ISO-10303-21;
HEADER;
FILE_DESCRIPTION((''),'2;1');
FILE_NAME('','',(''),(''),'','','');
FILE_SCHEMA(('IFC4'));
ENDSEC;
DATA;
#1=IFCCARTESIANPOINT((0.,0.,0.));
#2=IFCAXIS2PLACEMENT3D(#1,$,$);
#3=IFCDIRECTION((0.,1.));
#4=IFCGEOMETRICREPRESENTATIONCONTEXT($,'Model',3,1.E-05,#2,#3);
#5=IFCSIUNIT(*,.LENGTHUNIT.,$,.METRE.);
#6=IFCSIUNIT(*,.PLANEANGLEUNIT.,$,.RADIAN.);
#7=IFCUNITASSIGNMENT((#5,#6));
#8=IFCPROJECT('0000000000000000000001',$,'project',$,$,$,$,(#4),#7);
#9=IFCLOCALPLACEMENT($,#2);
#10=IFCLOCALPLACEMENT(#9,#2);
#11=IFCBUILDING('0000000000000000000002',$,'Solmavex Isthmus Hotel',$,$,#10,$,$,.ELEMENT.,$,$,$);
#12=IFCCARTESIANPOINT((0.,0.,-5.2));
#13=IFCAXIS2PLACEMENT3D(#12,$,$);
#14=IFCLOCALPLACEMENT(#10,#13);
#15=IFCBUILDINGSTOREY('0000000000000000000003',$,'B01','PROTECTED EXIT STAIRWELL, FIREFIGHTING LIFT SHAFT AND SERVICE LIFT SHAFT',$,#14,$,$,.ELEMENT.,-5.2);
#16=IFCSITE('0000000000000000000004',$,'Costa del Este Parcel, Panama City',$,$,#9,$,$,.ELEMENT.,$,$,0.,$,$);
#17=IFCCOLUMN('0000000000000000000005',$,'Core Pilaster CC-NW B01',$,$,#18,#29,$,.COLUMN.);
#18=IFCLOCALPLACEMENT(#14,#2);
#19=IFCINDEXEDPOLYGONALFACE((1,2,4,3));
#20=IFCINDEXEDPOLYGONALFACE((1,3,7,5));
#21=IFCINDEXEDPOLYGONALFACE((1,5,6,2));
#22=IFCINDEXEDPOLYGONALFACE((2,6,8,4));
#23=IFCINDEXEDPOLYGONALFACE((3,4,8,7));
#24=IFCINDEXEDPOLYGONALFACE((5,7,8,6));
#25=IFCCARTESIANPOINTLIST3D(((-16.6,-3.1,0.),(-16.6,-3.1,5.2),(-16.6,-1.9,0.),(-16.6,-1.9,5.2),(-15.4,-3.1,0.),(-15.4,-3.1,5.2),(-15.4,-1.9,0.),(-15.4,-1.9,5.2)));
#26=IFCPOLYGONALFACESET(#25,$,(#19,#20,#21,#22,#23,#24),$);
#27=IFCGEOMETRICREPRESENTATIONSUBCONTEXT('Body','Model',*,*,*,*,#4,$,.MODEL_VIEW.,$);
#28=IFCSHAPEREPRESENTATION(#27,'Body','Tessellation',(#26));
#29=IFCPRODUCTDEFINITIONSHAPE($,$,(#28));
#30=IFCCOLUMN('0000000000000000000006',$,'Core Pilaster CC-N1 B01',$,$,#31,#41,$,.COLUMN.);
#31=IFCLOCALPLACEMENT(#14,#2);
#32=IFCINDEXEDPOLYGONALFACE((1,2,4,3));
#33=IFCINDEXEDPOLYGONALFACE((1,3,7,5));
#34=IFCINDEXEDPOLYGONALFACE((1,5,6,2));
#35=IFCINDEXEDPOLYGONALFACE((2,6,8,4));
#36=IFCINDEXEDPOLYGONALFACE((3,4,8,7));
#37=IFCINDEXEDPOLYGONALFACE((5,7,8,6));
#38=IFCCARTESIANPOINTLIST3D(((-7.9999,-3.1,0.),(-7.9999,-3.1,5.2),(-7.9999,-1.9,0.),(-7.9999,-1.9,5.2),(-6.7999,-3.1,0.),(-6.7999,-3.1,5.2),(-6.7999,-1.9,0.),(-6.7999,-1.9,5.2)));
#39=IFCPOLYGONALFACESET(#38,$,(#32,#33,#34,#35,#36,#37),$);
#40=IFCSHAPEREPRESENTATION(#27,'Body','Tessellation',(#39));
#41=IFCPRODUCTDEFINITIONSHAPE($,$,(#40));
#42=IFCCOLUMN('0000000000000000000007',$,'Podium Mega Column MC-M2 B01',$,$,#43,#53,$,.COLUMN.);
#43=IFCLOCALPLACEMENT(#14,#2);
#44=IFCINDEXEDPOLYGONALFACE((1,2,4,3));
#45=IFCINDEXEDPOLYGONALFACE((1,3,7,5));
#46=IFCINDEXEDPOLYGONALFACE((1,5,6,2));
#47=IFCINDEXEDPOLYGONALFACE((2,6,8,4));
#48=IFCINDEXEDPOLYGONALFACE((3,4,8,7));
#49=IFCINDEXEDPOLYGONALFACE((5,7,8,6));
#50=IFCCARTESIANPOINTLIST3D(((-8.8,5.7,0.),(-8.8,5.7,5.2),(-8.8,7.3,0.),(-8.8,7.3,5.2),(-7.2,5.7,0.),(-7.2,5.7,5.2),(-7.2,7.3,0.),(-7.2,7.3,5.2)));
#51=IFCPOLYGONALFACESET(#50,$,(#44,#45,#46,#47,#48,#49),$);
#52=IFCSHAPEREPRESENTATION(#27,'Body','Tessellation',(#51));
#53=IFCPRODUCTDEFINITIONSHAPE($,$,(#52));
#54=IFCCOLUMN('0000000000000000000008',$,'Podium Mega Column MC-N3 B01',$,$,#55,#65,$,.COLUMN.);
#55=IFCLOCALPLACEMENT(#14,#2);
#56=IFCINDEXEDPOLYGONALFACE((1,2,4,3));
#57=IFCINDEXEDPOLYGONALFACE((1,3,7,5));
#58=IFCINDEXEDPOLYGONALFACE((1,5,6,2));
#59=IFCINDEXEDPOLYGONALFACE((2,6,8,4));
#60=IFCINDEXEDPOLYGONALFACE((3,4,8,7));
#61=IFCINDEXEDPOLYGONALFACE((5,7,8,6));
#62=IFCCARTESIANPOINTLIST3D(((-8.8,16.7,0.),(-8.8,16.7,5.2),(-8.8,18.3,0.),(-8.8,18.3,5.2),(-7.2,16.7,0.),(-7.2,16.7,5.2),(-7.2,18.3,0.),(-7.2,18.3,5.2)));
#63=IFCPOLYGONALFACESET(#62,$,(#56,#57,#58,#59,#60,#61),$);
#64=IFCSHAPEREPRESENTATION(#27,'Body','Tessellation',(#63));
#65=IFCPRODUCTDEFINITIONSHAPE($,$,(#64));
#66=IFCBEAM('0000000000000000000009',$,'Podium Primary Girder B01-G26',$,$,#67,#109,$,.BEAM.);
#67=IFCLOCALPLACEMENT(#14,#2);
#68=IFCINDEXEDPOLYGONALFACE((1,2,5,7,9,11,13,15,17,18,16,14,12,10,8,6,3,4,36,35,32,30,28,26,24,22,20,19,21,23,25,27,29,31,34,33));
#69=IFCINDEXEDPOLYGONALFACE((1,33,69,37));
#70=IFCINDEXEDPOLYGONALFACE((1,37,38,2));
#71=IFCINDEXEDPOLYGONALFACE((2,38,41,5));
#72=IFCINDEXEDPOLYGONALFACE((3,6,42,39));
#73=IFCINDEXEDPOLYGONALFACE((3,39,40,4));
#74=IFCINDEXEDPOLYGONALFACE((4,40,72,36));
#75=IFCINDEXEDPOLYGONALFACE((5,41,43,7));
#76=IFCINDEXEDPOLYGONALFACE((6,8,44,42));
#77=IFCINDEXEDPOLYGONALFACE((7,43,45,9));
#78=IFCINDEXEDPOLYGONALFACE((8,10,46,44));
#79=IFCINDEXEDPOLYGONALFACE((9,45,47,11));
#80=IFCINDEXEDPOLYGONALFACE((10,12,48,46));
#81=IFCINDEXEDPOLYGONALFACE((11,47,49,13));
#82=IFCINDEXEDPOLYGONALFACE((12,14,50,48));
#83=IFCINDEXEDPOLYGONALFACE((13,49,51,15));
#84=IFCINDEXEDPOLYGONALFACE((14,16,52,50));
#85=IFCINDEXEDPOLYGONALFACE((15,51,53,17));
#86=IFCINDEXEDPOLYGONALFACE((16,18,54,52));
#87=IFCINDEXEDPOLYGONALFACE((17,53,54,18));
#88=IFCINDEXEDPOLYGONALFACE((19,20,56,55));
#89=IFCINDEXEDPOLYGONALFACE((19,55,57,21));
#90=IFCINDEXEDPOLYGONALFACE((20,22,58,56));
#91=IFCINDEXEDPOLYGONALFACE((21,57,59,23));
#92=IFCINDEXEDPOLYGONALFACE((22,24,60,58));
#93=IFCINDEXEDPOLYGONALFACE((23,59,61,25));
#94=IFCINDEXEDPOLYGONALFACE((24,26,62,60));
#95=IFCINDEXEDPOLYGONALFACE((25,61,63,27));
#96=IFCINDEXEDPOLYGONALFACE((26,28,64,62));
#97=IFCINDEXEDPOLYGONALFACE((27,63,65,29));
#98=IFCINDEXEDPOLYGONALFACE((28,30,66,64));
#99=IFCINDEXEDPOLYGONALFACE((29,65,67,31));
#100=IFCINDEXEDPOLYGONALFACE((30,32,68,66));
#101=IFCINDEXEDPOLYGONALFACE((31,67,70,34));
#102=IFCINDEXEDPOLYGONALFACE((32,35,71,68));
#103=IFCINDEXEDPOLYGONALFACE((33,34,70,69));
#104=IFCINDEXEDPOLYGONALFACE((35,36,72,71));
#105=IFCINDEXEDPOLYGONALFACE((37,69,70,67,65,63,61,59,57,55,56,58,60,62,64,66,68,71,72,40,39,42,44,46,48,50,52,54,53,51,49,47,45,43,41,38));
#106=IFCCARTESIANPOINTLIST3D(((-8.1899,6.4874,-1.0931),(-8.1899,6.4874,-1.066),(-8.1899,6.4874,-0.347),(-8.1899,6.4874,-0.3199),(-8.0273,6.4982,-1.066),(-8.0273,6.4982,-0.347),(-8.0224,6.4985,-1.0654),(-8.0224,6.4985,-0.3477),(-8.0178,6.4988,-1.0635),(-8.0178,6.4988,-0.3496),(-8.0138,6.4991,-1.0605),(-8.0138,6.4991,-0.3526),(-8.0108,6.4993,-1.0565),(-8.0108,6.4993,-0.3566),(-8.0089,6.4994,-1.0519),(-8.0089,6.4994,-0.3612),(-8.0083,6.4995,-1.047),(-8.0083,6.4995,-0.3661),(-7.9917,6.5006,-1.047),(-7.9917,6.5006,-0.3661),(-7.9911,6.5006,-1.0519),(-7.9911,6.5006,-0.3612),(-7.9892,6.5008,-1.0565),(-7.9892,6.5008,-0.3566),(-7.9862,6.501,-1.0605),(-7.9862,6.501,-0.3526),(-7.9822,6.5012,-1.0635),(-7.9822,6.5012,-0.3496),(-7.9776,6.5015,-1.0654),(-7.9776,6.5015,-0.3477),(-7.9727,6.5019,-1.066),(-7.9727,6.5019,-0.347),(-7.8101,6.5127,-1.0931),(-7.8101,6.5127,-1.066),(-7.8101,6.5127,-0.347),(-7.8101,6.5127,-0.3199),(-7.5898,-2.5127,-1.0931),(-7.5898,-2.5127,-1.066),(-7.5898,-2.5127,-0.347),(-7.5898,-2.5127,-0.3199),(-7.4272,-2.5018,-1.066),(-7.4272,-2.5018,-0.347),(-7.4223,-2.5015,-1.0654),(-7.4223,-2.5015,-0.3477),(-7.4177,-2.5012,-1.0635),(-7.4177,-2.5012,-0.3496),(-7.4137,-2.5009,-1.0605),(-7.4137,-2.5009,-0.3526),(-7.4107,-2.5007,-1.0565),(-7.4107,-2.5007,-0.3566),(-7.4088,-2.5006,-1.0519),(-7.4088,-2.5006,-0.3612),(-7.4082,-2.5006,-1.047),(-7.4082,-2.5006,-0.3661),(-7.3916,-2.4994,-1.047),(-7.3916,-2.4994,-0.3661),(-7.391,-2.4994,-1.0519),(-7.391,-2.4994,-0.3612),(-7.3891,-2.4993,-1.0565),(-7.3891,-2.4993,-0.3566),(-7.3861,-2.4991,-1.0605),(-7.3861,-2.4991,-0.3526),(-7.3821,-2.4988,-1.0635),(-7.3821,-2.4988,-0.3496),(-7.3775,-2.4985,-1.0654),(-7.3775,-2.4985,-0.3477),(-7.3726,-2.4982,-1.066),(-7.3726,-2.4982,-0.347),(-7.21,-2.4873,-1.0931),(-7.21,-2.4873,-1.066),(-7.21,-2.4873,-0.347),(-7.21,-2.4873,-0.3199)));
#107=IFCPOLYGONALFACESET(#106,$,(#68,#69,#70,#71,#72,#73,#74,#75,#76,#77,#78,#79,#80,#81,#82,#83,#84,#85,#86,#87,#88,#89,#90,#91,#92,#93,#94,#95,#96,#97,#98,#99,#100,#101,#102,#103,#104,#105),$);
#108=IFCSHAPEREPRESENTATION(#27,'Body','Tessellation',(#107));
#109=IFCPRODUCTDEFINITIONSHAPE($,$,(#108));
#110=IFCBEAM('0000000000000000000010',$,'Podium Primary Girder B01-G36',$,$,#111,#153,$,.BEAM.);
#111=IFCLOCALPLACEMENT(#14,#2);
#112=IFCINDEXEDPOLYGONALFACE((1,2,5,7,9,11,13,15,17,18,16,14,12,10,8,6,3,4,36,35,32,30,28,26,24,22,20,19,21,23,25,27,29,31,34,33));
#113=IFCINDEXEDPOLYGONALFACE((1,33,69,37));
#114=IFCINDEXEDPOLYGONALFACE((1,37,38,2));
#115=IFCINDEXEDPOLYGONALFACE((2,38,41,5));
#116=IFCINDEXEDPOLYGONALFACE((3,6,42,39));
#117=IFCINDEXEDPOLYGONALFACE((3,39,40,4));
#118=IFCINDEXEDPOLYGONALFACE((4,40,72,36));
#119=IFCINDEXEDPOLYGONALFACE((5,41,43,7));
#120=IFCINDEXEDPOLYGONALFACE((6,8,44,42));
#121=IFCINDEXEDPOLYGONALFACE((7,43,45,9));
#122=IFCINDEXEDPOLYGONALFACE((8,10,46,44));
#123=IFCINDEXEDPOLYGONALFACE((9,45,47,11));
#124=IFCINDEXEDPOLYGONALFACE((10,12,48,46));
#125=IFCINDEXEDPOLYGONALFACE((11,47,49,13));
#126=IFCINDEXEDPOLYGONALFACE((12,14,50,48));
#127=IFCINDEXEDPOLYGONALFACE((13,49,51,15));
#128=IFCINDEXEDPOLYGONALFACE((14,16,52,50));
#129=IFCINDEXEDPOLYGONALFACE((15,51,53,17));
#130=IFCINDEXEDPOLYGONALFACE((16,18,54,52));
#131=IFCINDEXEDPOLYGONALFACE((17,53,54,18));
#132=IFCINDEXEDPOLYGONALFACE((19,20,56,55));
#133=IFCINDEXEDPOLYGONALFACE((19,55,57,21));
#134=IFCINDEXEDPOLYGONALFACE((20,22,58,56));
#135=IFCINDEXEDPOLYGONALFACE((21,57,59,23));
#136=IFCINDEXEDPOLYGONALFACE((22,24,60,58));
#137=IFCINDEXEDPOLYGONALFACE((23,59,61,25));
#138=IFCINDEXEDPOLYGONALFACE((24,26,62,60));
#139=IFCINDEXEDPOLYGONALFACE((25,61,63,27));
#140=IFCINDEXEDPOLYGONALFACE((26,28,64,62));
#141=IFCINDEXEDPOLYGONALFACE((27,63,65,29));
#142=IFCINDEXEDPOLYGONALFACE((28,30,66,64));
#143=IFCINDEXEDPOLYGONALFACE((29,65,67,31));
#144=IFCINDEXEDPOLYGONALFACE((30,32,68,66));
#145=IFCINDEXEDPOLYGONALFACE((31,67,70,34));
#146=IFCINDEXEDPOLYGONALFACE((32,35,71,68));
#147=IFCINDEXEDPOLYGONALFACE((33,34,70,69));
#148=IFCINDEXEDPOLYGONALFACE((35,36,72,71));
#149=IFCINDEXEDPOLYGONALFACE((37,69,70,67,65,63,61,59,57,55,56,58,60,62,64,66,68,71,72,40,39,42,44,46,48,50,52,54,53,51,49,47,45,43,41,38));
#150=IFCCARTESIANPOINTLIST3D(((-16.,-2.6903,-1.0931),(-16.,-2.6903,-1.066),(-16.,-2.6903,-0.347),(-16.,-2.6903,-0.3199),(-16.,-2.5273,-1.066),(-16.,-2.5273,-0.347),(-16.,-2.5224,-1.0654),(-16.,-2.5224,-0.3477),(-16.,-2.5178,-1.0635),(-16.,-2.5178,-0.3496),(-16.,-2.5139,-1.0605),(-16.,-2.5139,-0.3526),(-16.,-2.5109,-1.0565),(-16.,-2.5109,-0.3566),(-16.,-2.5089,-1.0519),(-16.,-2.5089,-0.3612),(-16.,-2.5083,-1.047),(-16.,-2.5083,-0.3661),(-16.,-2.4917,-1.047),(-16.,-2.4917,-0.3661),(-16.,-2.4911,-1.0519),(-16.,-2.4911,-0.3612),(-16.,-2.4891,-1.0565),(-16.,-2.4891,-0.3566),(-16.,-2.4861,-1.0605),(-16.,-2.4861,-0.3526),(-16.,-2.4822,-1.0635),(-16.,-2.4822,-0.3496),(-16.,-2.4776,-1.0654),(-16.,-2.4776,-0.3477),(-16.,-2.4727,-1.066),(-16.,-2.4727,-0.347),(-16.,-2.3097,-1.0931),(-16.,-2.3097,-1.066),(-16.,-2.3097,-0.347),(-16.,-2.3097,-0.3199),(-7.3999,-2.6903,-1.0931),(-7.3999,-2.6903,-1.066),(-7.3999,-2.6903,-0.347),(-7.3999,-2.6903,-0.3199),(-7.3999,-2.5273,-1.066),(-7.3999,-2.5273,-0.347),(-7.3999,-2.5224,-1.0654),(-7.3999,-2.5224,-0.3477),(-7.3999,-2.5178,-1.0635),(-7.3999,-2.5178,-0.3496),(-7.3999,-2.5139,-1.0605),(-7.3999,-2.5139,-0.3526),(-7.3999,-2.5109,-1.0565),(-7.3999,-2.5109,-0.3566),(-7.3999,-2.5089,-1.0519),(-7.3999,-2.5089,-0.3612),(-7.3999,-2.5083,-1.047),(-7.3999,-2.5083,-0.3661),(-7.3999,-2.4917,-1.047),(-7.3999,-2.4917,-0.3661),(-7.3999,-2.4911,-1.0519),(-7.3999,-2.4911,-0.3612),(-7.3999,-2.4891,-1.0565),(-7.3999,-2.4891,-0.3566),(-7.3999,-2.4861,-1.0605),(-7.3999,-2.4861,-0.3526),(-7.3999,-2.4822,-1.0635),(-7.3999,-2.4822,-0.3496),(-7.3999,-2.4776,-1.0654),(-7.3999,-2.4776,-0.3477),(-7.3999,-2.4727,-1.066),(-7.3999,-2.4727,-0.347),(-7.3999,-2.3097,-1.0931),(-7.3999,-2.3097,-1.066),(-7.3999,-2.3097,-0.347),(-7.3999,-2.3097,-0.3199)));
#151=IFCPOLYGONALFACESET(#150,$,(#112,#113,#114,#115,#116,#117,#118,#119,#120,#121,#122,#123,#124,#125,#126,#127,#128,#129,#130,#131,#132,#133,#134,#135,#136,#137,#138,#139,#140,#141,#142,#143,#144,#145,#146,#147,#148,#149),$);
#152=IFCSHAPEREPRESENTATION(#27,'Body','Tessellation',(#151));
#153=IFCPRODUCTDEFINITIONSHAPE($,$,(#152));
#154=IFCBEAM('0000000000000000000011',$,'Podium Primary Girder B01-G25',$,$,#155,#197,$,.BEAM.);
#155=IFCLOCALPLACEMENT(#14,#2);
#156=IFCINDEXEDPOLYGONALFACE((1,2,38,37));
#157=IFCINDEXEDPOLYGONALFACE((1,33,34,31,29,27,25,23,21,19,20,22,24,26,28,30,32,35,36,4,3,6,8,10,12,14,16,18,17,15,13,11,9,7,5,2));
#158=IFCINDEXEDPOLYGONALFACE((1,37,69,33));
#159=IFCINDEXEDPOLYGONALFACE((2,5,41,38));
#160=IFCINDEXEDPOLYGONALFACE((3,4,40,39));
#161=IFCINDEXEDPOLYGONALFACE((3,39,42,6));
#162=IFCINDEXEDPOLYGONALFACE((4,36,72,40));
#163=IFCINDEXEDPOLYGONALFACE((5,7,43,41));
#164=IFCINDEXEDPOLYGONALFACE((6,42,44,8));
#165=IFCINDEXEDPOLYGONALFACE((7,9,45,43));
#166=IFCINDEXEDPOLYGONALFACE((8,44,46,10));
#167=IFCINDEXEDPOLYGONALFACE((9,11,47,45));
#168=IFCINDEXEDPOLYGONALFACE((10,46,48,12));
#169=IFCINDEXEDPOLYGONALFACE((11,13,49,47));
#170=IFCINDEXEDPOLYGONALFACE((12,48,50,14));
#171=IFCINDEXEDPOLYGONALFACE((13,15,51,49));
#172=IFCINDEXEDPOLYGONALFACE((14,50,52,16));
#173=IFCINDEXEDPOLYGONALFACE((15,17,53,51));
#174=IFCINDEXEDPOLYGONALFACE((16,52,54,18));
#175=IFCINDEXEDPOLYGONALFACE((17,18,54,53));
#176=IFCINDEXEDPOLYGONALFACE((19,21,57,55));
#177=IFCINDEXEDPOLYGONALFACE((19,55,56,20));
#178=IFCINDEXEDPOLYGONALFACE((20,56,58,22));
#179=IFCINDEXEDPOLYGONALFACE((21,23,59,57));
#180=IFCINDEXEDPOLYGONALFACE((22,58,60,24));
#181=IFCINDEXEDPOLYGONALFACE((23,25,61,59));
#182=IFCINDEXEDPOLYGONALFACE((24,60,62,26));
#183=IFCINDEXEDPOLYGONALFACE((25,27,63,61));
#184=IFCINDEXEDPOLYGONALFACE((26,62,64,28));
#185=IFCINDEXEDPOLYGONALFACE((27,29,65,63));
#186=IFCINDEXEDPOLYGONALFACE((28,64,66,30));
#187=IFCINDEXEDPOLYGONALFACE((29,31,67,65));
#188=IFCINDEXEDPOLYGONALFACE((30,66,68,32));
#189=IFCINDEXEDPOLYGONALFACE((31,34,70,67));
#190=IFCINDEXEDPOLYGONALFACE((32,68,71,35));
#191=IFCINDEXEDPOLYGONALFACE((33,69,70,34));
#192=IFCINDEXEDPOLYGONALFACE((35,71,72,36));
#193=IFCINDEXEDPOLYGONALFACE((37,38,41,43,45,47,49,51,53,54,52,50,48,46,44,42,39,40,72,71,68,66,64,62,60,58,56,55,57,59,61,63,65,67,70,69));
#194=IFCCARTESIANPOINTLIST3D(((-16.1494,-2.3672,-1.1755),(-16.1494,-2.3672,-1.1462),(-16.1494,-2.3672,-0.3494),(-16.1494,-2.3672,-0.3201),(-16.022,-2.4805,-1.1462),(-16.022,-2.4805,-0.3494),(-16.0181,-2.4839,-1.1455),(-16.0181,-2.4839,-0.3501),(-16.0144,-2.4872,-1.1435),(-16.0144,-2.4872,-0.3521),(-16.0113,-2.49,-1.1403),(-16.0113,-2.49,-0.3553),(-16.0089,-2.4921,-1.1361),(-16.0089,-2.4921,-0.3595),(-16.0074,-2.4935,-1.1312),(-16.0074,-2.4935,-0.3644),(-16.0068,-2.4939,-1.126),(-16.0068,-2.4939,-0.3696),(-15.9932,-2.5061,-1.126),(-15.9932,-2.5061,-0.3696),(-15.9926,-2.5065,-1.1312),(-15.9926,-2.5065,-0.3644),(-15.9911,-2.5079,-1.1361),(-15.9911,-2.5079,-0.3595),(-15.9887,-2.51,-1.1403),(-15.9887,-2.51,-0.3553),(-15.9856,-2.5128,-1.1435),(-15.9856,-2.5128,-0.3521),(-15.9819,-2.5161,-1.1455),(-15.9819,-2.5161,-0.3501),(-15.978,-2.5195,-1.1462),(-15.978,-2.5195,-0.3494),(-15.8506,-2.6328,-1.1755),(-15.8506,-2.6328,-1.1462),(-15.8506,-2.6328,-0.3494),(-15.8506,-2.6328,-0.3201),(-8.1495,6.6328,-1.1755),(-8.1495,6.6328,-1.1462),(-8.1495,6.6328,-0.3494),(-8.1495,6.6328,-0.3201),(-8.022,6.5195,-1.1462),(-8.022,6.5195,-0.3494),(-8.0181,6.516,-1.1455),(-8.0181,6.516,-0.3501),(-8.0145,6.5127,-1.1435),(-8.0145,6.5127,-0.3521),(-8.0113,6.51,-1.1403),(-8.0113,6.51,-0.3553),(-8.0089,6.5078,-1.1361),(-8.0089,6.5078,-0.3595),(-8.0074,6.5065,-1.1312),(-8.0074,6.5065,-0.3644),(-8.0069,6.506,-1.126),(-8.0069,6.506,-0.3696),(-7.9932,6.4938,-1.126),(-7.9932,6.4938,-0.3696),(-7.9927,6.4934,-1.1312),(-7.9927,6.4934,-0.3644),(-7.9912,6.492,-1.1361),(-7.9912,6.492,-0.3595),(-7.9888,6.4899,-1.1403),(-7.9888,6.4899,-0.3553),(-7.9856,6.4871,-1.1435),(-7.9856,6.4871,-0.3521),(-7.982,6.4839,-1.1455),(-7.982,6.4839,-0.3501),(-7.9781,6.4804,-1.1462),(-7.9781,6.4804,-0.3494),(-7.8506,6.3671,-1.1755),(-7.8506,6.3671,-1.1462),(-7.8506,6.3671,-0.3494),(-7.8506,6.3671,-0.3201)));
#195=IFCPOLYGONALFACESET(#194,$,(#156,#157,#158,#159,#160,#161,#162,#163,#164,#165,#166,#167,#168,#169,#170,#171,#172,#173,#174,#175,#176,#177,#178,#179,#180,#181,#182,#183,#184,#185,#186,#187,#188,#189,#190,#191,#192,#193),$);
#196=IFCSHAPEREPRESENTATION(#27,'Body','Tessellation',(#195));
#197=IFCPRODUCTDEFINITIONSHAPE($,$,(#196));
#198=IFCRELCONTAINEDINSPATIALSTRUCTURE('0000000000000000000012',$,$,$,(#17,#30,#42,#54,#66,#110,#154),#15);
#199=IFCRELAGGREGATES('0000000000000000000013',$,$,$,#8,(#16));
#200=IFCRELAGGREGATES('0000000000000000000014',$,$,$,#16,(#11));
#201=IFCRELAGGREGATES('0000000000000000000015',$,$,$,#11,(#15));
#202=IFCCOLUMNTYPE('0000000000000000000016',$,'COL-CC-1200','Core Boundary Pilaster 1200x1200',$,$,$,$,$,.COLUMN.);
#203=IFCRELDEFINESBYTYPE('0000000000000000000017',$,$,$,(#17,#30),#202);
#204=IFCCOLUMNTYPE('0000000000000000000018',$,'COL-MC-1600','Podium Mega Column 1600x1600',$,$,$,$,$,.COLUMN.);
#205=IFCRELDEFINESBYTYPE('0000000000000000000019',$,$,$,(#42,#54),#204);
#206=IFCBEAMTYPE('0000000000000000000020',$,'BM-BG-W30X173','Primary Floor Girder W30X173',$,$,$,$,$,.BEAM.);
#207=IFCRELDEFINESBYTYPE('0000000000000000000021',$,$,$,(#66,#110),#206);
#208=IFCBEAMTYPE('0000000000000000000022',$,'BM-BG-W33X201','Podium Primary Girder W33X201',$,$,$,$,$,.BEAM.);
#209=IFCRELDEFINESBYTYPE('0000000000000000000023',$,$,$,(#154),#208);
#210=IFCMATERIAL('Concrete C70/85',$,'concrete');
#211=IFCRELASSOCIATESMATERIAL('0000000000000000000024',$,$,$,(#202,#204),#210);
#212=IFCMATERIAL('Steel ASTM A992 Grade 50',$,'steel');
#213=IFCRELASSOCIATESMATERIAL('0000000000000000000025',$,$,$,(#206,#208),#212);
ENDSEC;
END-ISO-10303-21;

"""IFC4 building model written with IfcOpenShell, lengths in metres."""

from ifc_helpers import new_model, si_unit, direction, frame, origin, origin_2d, place, context, subcontext, project, spatial, rectangle, i_section, extrude, material, material_profile, profile_set, type_object, element, save


model = new_model("IFC4")

# Units and contexts
model_context = context("Model", 3, precision=1e-05, world=origin(), true_north=direction((0.0, 1.0)))
body_context = subcontext(model_context, "Body", "Model", "MODEL_VIEW")
ifc_project = project(units=[si_unit("LENGTHUNIT", "METRE"), si_unit("PLANEANGLEUNIT", "RADIAN")], contexts=[model_context])

# Site, building, storey
site_placement = place(None, origin())
site = spatial("IfcSite", under=ifc_project, at=site_placement, Name="Costa del Este Parcel, Panama City", CompositionType="ELEMENT", RefElevation=0.0)
building_placement = place(site_placement, origin())
building = spatial("IfcBuilding", under=site, at=building_placement, Name="Solmavex Isthmus Hotel", CompositionType="ELEMENT")
storey_placement = place(building_placement, frame((0.0, 0.0, -5.2)))
storey = spatial("IfcBuildingStorey", under=building, at=storey_placement, Name="B01", Description="PROTECTED EXIT STAIRWELL, FIREFIGHTING LIFT SHAFT AND SERVICE LIFT SHAFT", CompositionType="ELEMENT", Elevation=-5.2)

# Columns
ifc_material_1 = material(Name="Concrete C70/85", Category="concrete")
ifc_material_profile_1 = material_profile(ifc_material_1, rectangle(XDim=1.2, YDim=1.2, at=origin_2d()), Name="RC1200X1200")
ifc_profile_set_1 = profile_set([ifc_material_profile_1], Name="Concrete C70/85")
column_type_1 = type_object("IfcColumnType", Name="COL-CC-1200", Description="Core Boundary Pilaster 1200x1200", PredefinedType="COLUMN", material=ifc_profile_set_1)
for number, where, z_axis, x_axis, name in (
    (1, (-16.0, -2.5, 0.0), (0.0, 0.0, 1.0), (1.0, 0.0, 0.0), "Core Pilaster CC-NW B01"),
    (2, (-7.3999, -2.5, 0.0), (0.0, 0.0, 1.0), (1.0, 0.0, 0.0), "Core Pilaster CC-N1 B01"),
):
    element("IfcColumn", number, at=place(storey_placement, frame(where, z_axis=z_axis, x_axis=x_axis)), inside=storey, type_object=column_type_1, Name=name, PredefinedType="COLUMN", context=body_context, shape_type="SweptSolid", body=[
        extrude(rectangle(XDim=1.2, YDim=1.2, at=origin_2d()), origin(), (0.0, 0.0, 1.0), 5.2),
    ])
ifc_material_profile_2 = material_profile(ifc_material_1, rectangle(XDim=1.6001, YDim=1.6001, at=origin_2d()), Name="RC1600X1600")
ifc_profile_set_2 = profile_set([ifc_material_profile_2], Name="Concrete C70/85")
column_type_2 = type_object("IfcColumnType", Name="COL-MC-1600", Description="Podium Mega Column 1600x1600", PredefinedType="COLUMN", material=ifc_profile_set_2)
for number, where, z_axis, x_axis, name in (
    (3, (-8.0, 6.5, 0.0), (0.0, 0.0, 1.0), (1.0, 0.0, 0.0), "Podium Mega Column MC-M2 B01"),
    (4, (-8.0, 17.5, 0.0), (0.0, 0.0, 1.0), (1.0, 0.0, 0.0), "Podium Mega Column MC-N3 B01"),
):
    element("IfcColumn", number, at=place(storey_placement, frame(where, z_axis=z_axis, x_axis=x_axis)), inside=storey, type_object=column_type_2, Name=name, PredefinedType="COLUMN", context=body_context, shape_type="SweptSolid", body=[
        extrude(rectangle(XDim=1.6001, YDim=1.6001, at=origin_2d()), origin(), (0.0, 0.0, 1.0), 5.2),
    ])

# Beams
ifc_material_2 = material(Name="Steel ASTM A992 Grade 50", Category="steel")
ifc_material_profile_3 = material_profile(ifc_material_2, i_section(OverallWidth=0.3806, OverallDepth=0.7732, WebThickness=0.0166, FlangeThickness=0.0271, FilletRadius=0.019, at=origin_2d()), Name="W30X173")
ifc_profile_set_3 = profile_set([ifc_material_profile_3], Name="Steel ASTM A992 Grade 50")
beam_type_1 = type_object("IfcBeamType", Name="BM-BG-W30X173", Description="Primary Floor Girder W30X173", PredefinedType="BEAM", material=ifc_profile_set_3)
beam_1_placement = place(storey_placement, frame((-7.3999, -2.5, -0.7065), z_axis=(-0.06653, 0.997784, 0.0), x_axis=(-0.997784, -0.06653, 0.0)))
element("IfcBeam", 5, at=beam_1_placement, inside=storey, type_object=beam_type_1, Name="Podium Primary Girder B01-G26", PredefinedType="BEAM", context=body_context, shape_type="SweptSolid", body=[
    extrude(i_section(OverallWidth=0.3806, OverallDepth=0.7732, WebThickness=0.0166, FlangeThickness=0.0271, FilletRadius=0.019, at=origin_2d()), origin(), (0.0, 0.0, 1.0), 9.02),
])
beam_2_placement = place(storey_placement, frame((-16.0, -2.5, -0.7065), z_axis=(1.0, 0.0, 0.0), x_axis=(0.0, 1.0, 0.0)))
element("IfcBeam", 6, at=beam_2_placement, inside=storey, type_object=beam_type_1, Name="Podium Primary Girder B01-G36", PredefinedType="BEAM", context=body_context, shape_type="SweptSolid", body=[
    extrude(i_section(OverallWidth=0.3806, OverallDepth=0.7732, WebThickness=0.0166, FlangeThickness=0.0271, FilletRadius=0.019, at=origin_2d()), origin(), (0.0, 0.0, 1.0), 8.6001),
])
ifc_material_profile_4 = material_profile(ifc_material_2, i_section(OverallWidth=0.3999, OverallDepth=0.8555, WebThickness=0.0183, FlangeThickness=0.0293, FilletRadius=0.0203, at=origin_2d()), Name="W33X201")
ifc_profile_set_4 = profile_set([ifc_material_profile_4], Name="Steel ASTM A992 Grade 50")
beam_type_2 = type_object("IfcBeamType", Name="BM-BG-W33X201", Description="Podium Primary Girder W33X201", PredefinedType="BEAM", material=ifc_profile_set_4)
beam_3_placement = place(storey_placement, frame((-16.0, -2.5, -0.7478), z_axis=(0.664364, 0.747409, 0.0), x_axis=(-0.747409, 0.664364, 0.0)))
element("IfcBeam", 7, at=beam_3_placement, inside=storey, type_object=beam_type_2, Name="Podium Primary Girder B01-G25", PredefinedType="BEAM", context=body_context, shape_type="SweptSolid", body=[
    extrude(i_section(OverallWidth=0.3999, OverallDepth=0.8555, WebThickness=0.0183, FlangeThickness=0.0293, FilletRadius=0.0203, at=origin_2d()), origin(), (0.0, 0.0, 1.0), 12.0415),
])

save(model, "model.ifc")
